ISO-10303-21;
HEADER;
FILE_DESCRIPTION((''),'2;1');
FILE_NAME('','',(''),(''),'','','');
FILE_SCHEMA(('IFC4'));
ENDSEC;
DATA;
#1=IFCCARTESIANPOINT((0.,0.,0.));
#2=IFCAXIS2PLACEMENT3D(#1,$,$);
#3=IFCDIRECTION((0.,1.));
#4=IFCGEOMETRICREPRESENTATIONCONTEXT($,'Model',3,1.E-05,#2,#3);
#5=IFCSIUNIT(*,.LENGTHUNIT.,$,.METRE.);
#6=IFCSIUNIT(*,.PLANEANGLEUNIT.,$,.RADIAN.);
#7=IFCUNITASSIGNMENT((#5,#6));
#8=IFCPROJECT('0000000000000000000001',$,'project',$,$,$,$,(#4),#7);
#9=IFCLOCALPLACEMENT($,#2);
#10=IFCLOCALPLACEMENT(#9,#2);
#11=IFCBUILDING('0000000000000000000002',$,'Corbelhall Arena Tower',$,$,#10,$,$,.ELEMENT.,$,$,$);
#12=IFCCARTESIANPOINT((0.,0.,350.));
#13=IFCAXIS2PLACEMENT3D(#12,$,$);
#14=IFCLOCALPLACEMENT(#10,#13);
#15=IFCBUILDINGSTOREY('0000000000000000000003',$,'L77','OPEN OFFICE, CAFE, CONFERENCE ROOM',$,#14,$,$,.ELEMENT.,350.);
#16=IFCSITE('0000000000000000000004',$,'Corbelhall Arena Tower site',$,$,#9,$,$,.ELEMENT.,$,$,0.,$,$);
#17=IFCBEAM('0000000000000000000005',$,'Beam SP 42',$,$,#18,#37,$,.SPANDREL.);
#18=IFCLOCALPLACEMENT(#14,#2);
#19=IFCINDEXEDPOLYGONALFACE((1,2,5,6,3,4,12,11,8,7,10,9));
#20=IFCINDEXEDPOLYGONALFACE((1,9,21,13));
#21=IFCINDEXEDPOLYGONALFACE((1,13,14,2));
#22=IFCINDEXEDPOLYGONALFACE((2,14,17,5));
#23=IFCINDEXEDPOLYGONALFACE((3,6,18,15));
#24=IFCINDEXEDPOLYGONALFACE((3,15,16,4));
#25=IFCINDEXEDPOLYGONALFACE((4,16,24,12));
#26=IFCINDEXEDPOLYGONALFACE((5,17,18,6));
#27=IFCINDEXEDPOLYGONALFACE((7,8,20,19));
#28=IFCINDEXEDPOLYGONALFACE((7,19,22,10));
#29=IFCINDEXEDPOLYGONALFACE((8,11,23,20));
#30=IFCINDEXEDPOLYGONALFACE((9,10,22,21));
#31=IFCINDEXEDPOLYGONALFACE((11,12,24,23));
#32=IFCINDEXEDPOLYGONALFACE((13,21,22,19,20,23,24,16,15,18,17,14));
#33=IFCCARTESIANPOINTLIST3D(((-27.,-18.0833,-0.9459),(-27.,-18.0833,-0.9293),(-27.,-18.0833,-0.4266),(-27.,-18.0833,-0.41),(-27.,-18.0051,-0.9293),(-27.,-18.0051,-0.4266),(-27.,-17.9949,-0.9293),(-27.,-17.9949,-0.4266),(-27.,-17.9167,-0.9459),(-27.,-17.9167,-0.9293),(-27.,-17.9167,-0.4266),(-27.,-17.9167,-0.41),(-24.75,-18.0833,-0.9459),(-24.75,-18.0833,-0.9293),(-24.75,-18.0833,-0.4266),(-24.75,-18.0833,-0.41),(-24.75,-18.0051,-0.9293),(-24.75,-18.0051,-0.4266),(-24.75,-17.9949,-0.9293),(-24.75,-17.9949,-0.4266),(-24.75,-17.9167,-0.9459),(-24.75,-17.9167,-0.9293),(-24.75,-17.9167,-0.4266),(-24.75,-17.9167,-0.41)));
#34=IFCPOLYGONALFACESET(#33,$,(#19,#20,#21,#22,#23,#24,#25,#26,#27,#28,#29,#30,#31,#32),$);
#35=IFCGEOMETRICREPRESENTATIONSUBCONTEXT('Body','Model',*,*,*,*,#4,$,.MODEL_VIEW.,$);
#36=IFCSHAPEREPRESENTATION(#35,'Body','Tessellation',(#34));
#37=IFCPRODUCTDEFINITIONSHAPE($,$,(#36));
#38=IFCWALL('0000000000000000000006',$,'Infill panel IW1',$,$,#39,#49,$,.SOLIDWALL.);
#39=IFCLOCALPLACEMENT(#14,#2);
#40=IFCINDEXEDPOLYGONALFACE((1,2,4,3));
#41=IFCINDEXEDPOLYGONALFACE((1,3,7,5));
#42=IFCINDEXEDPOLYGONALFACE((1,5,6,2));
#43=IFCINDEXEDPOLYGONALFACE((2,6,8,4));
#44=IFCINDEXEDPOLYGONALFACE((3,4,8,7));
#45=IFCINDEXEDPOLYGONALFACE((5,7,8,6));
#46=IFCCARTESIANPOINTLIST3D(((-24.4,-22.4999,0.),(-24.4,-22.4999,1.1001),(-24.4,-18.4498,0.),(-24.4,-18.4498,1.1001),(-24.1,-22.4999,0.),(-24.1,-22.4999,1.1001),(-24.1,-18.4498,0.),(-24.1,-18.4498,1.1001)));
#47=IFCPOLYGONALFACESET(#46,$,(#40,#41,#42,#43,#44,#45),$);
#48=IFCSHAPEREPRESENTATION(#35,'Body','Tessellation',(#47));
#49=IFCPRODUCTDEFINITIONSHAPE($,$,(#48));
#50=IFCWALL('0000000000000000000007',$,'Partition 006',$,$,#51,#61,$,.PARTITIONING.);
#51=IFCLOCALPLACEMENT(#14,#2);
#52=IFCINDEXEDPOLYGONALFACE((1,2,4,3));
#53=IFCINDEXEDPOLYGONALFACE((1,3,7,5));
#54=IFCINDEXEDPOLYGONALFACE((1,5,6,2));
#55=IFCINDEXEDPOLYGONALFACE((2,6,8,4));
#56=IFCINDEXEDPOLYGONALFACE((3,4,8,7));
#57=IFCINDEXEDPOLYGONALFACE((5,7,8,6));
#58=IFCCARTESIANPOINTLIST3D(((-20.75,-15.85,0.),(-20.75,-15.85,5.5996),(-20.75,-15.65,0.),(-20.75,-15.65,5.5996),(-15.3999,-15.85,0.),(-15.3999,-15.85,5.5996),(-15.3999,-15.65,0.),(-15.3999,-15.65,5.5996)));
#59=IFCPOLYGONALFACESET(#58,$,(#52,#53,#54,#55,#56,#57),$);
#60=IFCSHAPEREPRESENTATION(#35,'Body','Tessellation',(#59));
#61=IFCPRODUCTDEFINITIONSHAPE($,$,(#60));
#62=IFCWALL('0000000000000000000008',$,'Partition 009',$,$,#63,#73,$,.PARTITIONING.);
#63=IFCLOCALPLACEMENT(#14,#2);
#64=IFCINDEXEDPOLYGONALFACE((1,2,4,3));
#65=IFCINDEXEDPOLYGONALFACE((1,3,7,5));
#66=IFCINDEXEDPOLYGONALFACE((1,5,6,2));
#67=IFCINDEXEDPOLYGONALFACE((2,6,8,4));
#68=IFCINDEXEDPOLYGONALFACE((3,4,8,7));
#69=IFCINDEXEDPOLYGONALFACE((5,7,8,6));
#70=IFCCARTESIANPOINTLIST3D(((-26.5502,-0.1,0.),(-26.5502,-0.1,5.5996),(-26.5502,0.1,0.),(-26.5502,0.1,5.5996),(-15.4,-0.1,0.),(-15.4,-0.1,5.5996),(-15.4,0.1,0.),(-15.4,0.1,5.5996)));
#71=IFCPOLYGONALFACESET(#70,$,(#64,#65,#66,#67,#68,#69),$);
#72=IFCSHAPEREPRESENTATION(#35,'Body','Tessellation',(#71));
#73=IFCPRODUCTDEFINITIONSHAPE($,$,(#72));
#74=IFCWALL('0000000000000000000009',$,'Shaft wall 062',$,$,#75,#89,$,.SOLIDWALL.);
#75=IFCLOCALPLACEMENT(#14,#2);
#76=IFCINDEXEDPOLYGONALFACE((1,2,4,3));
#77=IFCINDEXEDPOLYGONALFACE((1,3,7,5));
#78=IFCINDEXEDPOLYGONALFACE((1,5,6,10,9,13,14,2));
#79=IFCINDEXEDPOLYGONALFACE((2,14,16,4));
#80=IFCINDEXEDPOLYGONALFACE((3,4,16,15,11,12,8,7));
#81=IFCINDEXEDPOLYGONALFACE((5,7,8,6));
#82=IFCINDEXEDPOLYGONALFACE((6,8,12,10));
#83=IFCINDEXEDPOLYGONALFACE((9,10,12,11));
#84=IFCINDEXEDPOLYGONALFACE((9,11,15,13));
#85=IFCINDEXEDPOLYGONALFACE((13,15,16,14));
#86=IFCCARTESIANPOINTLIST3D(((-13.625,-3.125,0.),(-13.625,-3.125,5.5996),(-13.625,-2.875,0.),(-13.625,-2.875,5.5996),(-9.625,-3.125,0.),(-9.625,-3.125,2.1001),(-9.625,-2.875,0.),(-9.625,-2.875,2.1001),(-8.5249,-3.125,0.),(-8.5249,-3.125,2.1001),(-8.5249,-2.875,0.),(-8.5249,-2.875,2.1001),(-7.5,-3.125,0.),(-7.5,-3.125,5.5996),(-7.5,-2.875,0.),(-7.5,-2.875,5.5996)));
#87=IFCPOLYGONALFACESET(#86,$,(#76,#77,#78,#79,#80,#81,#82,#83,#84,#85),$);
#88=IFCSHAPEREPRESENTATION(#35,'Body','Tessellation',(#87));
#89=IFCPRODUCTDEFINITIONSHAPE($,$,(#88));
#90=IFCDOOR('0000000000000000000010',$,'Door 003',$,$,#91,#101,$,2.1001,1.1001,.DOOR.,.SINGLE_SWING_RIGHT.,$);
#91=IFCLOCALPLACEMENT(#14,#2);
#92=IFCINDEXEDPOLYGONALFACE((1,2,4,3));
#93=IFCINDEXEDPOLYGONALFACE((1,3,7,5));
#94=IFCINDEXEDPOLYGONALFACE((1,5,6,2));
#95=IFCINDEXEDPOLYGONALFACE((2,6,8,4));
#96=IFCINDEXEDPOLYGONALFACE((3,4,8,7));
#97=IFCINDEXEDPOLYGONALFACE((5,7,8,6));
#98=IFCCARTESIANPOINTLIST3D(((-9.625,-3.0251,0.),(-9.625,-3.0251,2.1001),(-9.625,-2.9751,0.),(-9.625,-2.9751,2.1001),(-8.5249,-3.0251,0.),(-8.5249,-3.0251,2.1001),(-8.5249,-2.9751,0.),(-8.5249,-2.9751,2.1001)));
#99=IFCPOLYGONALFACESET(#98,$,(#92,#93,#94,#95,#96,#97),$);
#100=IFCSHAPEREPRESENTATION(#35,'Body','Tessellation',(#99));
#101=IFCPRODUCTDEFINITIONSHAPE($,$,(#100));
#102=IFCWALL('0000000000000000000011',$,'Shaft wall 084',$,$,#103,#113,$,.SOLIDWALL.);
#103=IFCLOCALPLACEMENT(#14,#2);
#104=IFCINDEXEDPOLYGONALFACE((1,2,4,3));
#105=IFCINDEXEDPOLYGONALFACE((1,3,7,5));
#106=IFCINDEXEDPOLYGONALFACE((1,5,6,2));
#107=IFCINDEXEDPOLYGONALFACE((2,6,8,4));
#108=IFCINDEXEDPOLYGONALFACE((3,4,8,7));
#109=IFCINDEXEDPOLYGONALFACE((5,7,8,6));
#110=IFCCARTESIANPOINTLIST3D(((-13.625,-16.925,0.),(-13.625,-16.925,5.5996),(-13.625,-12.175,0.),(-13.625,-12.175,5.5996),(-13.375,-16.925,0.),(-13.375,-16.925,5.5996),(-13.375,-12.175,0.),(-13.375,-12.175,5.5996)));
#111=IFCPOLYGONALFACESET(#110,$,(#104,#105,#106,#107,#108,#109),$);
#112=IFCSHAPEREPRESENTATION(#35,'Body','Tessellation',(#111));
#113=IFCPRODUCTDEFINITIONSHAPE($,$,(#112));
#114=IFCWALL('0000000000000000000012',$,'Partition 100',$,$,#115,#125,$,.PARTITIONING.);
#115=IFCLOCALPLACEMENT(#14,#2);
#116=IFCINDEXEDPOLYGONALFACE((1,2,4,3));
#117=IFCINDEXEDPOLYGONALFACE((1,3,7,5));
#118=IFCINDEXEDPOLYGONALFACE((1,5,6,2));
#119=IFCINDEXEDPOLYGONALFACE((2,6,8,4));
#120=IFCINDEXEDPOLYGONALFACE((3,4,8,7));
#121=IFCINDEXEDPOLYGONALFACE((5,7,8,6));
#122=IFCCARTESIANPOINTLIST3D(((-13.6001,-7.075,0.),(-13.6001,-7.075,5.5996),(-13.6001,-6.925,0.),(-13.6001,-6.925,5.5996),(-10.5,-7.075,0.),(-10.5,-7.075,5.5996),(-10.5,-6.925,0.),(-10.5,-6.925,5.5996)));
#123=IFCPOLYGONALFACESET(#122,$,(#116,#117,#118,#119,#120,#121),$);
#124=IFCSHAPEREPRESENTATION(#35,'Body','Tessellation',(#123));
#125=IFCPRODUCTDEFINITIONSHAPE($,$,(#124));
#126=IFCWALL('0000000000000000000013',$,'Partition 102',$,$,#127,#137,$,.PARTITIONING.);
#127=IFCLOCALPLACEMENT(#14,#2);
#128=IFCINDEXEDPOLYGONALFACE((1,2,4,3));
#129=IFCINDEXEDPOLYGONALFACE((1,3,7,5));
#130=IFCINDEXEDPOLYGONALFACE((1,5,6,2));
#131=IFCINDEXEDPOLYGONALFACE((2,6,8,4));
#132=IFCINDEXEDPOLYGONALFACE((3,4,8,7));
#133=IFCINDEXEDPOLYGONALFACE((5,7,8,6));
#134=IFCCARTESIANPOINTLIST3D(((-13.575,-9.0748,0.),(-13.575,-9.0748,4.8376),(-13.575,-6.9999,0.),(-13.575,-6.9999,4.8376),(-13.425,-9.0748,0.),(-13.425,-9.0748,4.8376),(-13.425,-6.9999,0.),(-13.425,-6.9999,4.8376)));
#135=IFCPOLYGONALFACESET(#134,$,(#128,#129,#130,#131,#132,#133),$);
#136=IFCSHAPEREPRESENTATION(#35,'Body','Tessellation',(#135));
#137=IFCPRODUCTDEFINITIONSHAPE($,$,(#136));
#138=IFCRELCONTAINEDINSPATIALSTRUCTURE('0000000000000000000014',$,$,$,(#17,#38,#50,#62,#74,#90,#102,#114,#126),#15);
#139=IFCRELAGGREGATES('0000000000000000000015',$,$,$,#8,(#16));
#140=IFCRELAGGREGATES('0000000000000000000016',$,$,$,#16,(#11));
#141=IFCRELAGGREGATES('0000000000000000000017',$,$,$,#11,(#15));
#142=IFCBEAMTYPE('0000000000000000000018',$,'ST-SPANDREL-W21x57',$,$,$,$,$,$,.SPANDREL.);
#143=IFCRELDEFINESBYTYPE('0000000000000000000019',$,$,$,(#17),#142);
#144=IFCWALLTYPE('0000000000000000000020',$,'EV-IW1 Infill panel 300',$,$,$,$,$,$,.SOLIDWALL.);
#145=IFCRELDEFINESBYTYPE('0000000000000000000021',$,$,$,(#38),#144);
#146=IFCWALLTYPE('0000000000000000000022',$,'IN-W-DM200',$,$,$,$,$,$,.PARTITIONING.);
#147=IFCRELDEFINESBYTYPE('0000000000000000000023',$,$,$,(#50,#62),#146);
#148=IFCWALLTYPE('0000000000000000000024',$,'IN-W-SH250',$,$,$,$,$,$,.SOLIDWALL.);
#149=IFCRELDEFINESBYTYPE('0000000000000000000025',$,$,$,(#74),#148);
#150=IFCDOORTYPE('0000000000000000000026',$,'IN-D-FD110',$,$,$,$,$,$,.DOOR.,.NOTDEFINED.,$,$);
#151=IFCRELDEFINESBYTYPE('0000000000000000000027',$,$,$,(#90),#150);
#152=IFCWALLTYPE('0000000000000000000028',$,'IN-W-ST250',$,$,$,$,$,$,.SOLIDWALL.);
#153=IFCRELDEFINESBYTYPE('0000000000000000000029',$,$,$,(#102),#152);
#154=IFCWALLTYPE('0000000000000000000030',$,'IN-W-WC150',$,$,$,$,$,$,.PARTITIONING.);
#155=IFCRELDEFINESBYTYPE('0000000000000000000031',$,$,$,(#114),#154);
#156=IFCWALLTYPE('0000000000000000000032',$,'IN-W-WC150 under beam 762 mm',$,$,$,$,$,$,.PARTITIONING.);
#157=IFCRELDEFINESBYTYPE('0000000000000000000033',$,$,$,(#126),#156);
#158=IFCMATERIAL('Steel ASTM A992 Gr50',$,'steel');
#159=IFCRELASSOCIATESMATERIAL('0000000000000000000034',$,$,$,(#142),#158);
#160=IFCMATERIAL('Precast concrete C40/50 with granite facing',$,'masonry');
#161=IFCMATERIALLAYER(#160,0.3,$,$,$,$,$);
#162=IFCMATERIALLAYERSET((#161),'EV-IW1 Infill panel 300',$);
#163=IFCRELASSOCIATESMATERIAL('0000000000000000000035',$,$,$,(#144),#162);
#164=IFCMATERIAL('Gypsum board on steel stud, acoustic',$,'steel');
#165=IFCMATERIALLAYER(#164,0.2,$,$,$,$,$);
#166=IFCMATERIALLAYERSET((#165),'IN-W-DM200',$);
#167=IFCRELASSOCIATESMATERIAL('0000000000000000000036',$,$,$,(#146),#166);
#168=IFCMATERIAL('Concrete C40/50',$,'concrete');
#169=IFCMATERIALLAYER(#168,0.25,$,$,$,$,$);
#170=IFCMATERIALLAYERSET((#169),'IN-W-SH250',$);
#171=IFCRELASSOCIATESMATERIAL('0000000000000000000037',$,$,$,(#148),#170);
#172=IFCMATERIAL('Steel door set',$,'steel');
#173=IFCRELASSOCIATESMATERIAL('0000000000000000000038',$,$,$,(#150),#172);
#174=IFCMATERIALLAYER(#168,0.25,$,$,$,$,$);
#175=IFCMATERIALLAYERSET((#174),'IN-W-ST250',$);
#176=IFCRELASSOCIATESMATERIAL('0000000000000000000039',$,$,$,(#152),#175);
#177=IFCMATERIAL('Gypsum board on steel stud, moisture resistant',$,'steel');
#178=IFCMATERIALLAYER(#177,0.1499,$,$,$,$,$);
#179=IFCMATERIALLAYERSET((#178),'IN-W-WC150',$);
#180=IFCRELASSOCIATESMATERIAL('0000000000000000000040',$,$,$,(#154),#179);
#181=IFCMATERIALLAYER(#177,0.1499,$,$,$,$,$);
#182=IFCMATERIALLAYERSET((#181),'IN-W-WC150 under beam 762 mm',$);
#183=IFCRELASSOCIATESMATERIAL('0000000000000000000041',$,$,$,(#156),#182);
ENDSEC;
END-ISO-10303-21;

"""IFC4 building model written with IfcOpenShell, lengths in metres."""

from ifc_helpers import new_model, si_unit, direction, frame, frame_2d, origin, origin_2d, place, context, subcontext, project, spatial, rectangle, i_section, extrude, material, layer, layer_set, material_profile, profile_set, type_object, element, fill, save


model = new_model("IFC4")

# Units and contexts
model_context = context("Model", 3, precision=1e-05, world=origin(), true_north=direction((0.0, 1.0)))
body_context = subcontext(model_context, "Body", "Model", "MODEL_VIEW")
ifc_project = project(units=[si_unit("LENGTHUNIT", "METRE"), si_unit("PLANEANGLEUNIT", "RADIAN")], contexts=[model_context])

# Site, building, storey
site_placement = place(None, origin())
site = spatial("IfcSite", under=ifc_project, at=site_placement, Name="Corbelhall Arena Tower site", CompositionType="ELEMENT", RefElevation=0.0)
building_placement = place(site_placement, origin())
building = spatial("IfcBuilding", under=site, at=building_placement, Name="Corbelhall Arena Tower", CompositionType="ELEMENT")
storey_placement = place(building_placement, frame((0.0, 0.0, 350.0)))
storey = spatial("IfcBuildingStorey", under=building, at=storey_placement, Name="L77", Description="OPEN OFFICE, CAFE, CONFERENCE ROOM", CompositionType="ELEMENT", Elevation=350.0)

# Shared definitions
ifc_material_1 = material(Name="Steel ASTM A992 Gr50", Category="steel")

# Beam
ifc_material_profile_1 = material_profile(ifc_material_1, i_section(OverallWidth=0.1665, OverallDepth=0.5359, WebThickness=0.0103, FlangeThickness=0.0166, at=origin_2d()))
ifc_profile_set_1 = profile_set([ifc_material_profile_1], Name="Steel ASTM A992 Gr50")
beam_type_1 = type_object("IfcBeamType", Name="ST-SPANDREL-W21x57", PredefinedType="SPANDREL", material=ifc_profile_set_1)
beam_placement = place(storey_placement, frame((-24.75, -18.0, -0.678), z_axis=(-1.0, 0.0, 0.0), x_axis=(0.0, -1.0, 0.0)))
element("IfcBeam", 1, at=beam_placement, inside=storey, type_object=beam_type_1, Name="Beam SP 42", PredefinedType="SPANDREL", context=body_context, shape_type="SweptSolid", body=[
    extrude(i_section(OverallWidth=0.1665, OverallDepth=0.5359, WebThickness=0.0103, FlangeThickness=0.0166, at=origin_2d()), origin(), (0.0, 0.0, 1.0), 2.25),
])

# Walls
ifc_material_2 = material(Name="Precast concrete C40/50 with granite facing", Category="masonry")
ifc_layer_1 = layer(ifc_material_2, 0.3)
ifc_layer_set_1 = layer_set([ifc_layer_1], Name="EV-IW1 Infill panel 300")
wall_type_1 = type_object("IfcWallType", Name="EV-IW1 Infill panel 300", PredefinedType="SOLIDWALL", material=ifc_layer_set_1)
wall_1_placement = place(storey_placement, frame((-24.25, -18.45, 0.0), z_axis=(0.0, 0.0, 1.0), x_axis=(0.0, -1.0, 0.0)))
element("IfcWall", 2, at=wall_1_placement, inside=storey, type_object=wall_type_1, Name="Infill panel IW1", PredefinedType="SOLIDWALL", context=body_context, shape_type="SweptSolid", body=[
    extrude(rectangle(XDim=4.05, YDim=0.3, at=frame_2d((2.0249, 0.0))), origin(), (0.0, 0.0, 1.0), 1.1001),
])
ifc_material_3 = material(Name="Gypsum board on steel stud, acoustic", Category="steel")
ifc_layer_2 = layer(ifc_material_3, 0.2)
ifc_layer_set_2 = layer_set([ifc_layer_2], Name="IN-W-DM200")
wall_type_2 = type_object("IfcWallType", Name="IN-W-DM200", PredefinedType="PARTITIONING", material=ifc_layer_set_2)
wall_2_placement = place(storey_placement, frame((-20.75, -15.75, 0.0), z_axis=(0.0, 0.0, 1.0), x_axis=(1.0, 0.0, 0.0)))
element("IfcWall", 3, at=wall_2_placement, inside=storey, type_object=wall_type_2, Name="Partition 006", PredefinedType="PARTITIONING", context=body_context, shape_type="SweptSolid", body=[
    extrude(rectangle(XDim=5.3501, YDim=0.2, at=frame_2d((2.675, 0.0))), origin(), (0.0, 0.0, 1.0), 5.5996),
])
wall_3_placement = place(storey_placement, frame((-15.3999, 0.0, 0.0), z_axis=(0.0, 0.0, 1.0), x_axis=(-1.0, 0.0, 0.0)))
element("IfcWall", 4, at=wall_3_placement, inside=storey, type_object=wall_type_2, Name="Partition 009", PredefinedType="PARTITIONING", context=body_context, shape_type="SweptSolid", body=[
    extrude(rectangle(XDim=11.1501, YDim=0.2, at=frame_2d((5.5752, 0.0))), origin(), (0.0, 0.0, 1.0), 5.5996),
])

# Wall, opening, door
ifc_material_4 = material(Name="Steel door set", Category="steel")
ifc_material_5 = material(Name="Concrete C40/50", Category="concrete")
ifc_layer_3 = layer(ifc_material_5, 0.25)
ifc_layer_set_3 = layer_set([ifc_layer_3], Name="IN-W-SH250")
wall_type_3 = type_object("IfcWallType", Name="IN-W-SH250", PredefinedType="SOLIDWALL", material=ifc_layer_set_3)
wall_4_placement = place(storey_placement, frame((-13.625, -3.0, 0.0), z_axis=(0.0, 0.0, 1.0), x_axis=(1.0, 0.0, 0.0)))
wall_4 = element("IfcWall", 5, at=wall_4_placement, inside=storey, type_object=wall_type_3, Name="Shaft wall 062", PredefinedType="SOLIDWALL", context=body_context, shape_type="SweptSolid", body=[
    extrude(rectangle(XDim=6.125, YDim=0.25, at=frame_2d((3.0625, 0.0))), origin(), (0.0, 0.0, 1.0), 5.5996),
])
opening_1_placement = place(wall_4_placement, frame((4.0, 0.0, 0.0)))
opening_1 = element("IfcOpeningElement", 6, at=opening_1_placement, cuts=wall_4, PredefinedType="OPENING", context=body_context, shape_type="SweptSolid", body=[
    extrude(rectangle(XDim=1.1001, YDim=2.1001, at=frame_2d((0.55, 1.05))), frame((0.0, 0.125, 0.0), z_axis=(0.0, -1.0, 0.0), x_axis=(1.0, 0.0, 0.0)), (0.0, 0.0, 1.0), 0.25),
])
door_type_1 = type_object("IfcDoorType", Name="IN-D-FD110", OperationType="NOTDEFINED", PredefinedType="DOOR", material=ifc_material_4)
door_1_placement = place(opening_1_placement, origin())
door_1 = element("IfcDoor", 7, at=door_1_placement, inside=storey, type_object=door_type_1, Name="Door 003", OperationType="SINGLE_SWING_RIGHT", OverallHeight=2.1001, OverallWidth=1.1001, PredefinedType="DOOR", context=body_context, shape_type="SweptSolid", body=[
    extrude(rectangle(XDim=1.1001, YDim=2.1001, at=frame_2d((0.55, 1.05))), frame((0.0, 0.0249, 0.0), z_axis=(0.0, -1.0, 0.0), x_axis=(1.0, 0.0, 0.0)), (0.0, 0.0, 1.0), 0.05),
])
fill(opening_1, door_1)

# Walls
ifc_layer_4 = layer(ifc_material_5, 0.25)
ifc_layer_set_4 = layer_set([ifc_layer_4], Name="IN-W-ST250")
wall_type_4 = type_object("IfcWallType", Name="IN-W-ST250", PredefinedType="SOLIDWALL", material=ifc_layer_set_4)
wall_5_placement = place(storey_placement, frame((-13.5, -12.175, 0.0), z_axis=(0.0, 0.0, 1.0), x_axis=(0.0, -1.0, 0.0)))
element("IfcWall", 8, at=wall_5_placement, inside=storey, type_object=wall_type_4, Name="Shaft wall 084", PredefinedType="SOLIDWALL", context=body_context, shape_type="SweptSolid", body=[
    extrude(rectangle(XDim=4.75, YDim=0.25, at=frame_2d((2.375, 0.0))), origin(), (0.0, 0.0, 1.0), 5.5996),
])
ifc_material_6 = material(Name="Gypsum board on steel stud, moisture resistant", Category="steel")
ifc_layer_5 = layer(ifc_material_6, 0.1499)
ifc_layer_set_5 = layer_set([ifc_layer_5], Name="IN-W-WC150")
wall_type_5 = type_object("IfcWallType", Name="IN-W-WC150", PredefinedType="PARTITIONING", material=ifc_layer_set_5)
wall_6_placement = place(storey_placement, frame((-13.6001, -7.0, 0.0), z_axis=(0.0, 0.0, 1.0), x_axis=(1.0, 0.0, 0.0)))
element("IfcWall", 9, at=wall_6_placement, inside=storey, type_object=wall_type_5, Name="Partition 100", PredefinedType="PARTITIONING", context=body_context, shape_type="SweptSolid", body=[
    extrude(rectangle(XDim=3.1001, YDim=0.1499, at=frame_2d((1.55, 0.0))), origin(), (0.0, 0.0, 1.0), 5.5996),
])
ifc_layer_6 = layer(ifc_material_6, 0.1499)
ifc_layer_set_6 = layer_set([ifc_layer_6], Name="IN-W-WC150 under beam 762 mm")
wall_type_6 = type_object("IfcWallType", Name="IN-W-WC150 under beam 762 mm", PredefinedType="PARTITIONING", material=ifc_layer_set_6)
wall_7_placement = place(storey_placement, frame((-13.5, -9.075, 0.0), z_axis=(0.0, 0.0, 1.0), x_axis=(0.0, 1.0, 0.0)))
element("IfcWall", 10, at=wall_7_placement, inside=storey, type_object=wall_type_6, Name="Partition 102", PredefinedType="PARTITIONING", context=body_context, shape_type="SweptSolid", body=[
    extrude(rectangle(XDim=2.075, YDim=0.1499, at=frame_2d((1.0376, 0.0))), origin(), (0.0, 0.0, 1.0), 4.8376),
])

save(model, "model.ifc")
